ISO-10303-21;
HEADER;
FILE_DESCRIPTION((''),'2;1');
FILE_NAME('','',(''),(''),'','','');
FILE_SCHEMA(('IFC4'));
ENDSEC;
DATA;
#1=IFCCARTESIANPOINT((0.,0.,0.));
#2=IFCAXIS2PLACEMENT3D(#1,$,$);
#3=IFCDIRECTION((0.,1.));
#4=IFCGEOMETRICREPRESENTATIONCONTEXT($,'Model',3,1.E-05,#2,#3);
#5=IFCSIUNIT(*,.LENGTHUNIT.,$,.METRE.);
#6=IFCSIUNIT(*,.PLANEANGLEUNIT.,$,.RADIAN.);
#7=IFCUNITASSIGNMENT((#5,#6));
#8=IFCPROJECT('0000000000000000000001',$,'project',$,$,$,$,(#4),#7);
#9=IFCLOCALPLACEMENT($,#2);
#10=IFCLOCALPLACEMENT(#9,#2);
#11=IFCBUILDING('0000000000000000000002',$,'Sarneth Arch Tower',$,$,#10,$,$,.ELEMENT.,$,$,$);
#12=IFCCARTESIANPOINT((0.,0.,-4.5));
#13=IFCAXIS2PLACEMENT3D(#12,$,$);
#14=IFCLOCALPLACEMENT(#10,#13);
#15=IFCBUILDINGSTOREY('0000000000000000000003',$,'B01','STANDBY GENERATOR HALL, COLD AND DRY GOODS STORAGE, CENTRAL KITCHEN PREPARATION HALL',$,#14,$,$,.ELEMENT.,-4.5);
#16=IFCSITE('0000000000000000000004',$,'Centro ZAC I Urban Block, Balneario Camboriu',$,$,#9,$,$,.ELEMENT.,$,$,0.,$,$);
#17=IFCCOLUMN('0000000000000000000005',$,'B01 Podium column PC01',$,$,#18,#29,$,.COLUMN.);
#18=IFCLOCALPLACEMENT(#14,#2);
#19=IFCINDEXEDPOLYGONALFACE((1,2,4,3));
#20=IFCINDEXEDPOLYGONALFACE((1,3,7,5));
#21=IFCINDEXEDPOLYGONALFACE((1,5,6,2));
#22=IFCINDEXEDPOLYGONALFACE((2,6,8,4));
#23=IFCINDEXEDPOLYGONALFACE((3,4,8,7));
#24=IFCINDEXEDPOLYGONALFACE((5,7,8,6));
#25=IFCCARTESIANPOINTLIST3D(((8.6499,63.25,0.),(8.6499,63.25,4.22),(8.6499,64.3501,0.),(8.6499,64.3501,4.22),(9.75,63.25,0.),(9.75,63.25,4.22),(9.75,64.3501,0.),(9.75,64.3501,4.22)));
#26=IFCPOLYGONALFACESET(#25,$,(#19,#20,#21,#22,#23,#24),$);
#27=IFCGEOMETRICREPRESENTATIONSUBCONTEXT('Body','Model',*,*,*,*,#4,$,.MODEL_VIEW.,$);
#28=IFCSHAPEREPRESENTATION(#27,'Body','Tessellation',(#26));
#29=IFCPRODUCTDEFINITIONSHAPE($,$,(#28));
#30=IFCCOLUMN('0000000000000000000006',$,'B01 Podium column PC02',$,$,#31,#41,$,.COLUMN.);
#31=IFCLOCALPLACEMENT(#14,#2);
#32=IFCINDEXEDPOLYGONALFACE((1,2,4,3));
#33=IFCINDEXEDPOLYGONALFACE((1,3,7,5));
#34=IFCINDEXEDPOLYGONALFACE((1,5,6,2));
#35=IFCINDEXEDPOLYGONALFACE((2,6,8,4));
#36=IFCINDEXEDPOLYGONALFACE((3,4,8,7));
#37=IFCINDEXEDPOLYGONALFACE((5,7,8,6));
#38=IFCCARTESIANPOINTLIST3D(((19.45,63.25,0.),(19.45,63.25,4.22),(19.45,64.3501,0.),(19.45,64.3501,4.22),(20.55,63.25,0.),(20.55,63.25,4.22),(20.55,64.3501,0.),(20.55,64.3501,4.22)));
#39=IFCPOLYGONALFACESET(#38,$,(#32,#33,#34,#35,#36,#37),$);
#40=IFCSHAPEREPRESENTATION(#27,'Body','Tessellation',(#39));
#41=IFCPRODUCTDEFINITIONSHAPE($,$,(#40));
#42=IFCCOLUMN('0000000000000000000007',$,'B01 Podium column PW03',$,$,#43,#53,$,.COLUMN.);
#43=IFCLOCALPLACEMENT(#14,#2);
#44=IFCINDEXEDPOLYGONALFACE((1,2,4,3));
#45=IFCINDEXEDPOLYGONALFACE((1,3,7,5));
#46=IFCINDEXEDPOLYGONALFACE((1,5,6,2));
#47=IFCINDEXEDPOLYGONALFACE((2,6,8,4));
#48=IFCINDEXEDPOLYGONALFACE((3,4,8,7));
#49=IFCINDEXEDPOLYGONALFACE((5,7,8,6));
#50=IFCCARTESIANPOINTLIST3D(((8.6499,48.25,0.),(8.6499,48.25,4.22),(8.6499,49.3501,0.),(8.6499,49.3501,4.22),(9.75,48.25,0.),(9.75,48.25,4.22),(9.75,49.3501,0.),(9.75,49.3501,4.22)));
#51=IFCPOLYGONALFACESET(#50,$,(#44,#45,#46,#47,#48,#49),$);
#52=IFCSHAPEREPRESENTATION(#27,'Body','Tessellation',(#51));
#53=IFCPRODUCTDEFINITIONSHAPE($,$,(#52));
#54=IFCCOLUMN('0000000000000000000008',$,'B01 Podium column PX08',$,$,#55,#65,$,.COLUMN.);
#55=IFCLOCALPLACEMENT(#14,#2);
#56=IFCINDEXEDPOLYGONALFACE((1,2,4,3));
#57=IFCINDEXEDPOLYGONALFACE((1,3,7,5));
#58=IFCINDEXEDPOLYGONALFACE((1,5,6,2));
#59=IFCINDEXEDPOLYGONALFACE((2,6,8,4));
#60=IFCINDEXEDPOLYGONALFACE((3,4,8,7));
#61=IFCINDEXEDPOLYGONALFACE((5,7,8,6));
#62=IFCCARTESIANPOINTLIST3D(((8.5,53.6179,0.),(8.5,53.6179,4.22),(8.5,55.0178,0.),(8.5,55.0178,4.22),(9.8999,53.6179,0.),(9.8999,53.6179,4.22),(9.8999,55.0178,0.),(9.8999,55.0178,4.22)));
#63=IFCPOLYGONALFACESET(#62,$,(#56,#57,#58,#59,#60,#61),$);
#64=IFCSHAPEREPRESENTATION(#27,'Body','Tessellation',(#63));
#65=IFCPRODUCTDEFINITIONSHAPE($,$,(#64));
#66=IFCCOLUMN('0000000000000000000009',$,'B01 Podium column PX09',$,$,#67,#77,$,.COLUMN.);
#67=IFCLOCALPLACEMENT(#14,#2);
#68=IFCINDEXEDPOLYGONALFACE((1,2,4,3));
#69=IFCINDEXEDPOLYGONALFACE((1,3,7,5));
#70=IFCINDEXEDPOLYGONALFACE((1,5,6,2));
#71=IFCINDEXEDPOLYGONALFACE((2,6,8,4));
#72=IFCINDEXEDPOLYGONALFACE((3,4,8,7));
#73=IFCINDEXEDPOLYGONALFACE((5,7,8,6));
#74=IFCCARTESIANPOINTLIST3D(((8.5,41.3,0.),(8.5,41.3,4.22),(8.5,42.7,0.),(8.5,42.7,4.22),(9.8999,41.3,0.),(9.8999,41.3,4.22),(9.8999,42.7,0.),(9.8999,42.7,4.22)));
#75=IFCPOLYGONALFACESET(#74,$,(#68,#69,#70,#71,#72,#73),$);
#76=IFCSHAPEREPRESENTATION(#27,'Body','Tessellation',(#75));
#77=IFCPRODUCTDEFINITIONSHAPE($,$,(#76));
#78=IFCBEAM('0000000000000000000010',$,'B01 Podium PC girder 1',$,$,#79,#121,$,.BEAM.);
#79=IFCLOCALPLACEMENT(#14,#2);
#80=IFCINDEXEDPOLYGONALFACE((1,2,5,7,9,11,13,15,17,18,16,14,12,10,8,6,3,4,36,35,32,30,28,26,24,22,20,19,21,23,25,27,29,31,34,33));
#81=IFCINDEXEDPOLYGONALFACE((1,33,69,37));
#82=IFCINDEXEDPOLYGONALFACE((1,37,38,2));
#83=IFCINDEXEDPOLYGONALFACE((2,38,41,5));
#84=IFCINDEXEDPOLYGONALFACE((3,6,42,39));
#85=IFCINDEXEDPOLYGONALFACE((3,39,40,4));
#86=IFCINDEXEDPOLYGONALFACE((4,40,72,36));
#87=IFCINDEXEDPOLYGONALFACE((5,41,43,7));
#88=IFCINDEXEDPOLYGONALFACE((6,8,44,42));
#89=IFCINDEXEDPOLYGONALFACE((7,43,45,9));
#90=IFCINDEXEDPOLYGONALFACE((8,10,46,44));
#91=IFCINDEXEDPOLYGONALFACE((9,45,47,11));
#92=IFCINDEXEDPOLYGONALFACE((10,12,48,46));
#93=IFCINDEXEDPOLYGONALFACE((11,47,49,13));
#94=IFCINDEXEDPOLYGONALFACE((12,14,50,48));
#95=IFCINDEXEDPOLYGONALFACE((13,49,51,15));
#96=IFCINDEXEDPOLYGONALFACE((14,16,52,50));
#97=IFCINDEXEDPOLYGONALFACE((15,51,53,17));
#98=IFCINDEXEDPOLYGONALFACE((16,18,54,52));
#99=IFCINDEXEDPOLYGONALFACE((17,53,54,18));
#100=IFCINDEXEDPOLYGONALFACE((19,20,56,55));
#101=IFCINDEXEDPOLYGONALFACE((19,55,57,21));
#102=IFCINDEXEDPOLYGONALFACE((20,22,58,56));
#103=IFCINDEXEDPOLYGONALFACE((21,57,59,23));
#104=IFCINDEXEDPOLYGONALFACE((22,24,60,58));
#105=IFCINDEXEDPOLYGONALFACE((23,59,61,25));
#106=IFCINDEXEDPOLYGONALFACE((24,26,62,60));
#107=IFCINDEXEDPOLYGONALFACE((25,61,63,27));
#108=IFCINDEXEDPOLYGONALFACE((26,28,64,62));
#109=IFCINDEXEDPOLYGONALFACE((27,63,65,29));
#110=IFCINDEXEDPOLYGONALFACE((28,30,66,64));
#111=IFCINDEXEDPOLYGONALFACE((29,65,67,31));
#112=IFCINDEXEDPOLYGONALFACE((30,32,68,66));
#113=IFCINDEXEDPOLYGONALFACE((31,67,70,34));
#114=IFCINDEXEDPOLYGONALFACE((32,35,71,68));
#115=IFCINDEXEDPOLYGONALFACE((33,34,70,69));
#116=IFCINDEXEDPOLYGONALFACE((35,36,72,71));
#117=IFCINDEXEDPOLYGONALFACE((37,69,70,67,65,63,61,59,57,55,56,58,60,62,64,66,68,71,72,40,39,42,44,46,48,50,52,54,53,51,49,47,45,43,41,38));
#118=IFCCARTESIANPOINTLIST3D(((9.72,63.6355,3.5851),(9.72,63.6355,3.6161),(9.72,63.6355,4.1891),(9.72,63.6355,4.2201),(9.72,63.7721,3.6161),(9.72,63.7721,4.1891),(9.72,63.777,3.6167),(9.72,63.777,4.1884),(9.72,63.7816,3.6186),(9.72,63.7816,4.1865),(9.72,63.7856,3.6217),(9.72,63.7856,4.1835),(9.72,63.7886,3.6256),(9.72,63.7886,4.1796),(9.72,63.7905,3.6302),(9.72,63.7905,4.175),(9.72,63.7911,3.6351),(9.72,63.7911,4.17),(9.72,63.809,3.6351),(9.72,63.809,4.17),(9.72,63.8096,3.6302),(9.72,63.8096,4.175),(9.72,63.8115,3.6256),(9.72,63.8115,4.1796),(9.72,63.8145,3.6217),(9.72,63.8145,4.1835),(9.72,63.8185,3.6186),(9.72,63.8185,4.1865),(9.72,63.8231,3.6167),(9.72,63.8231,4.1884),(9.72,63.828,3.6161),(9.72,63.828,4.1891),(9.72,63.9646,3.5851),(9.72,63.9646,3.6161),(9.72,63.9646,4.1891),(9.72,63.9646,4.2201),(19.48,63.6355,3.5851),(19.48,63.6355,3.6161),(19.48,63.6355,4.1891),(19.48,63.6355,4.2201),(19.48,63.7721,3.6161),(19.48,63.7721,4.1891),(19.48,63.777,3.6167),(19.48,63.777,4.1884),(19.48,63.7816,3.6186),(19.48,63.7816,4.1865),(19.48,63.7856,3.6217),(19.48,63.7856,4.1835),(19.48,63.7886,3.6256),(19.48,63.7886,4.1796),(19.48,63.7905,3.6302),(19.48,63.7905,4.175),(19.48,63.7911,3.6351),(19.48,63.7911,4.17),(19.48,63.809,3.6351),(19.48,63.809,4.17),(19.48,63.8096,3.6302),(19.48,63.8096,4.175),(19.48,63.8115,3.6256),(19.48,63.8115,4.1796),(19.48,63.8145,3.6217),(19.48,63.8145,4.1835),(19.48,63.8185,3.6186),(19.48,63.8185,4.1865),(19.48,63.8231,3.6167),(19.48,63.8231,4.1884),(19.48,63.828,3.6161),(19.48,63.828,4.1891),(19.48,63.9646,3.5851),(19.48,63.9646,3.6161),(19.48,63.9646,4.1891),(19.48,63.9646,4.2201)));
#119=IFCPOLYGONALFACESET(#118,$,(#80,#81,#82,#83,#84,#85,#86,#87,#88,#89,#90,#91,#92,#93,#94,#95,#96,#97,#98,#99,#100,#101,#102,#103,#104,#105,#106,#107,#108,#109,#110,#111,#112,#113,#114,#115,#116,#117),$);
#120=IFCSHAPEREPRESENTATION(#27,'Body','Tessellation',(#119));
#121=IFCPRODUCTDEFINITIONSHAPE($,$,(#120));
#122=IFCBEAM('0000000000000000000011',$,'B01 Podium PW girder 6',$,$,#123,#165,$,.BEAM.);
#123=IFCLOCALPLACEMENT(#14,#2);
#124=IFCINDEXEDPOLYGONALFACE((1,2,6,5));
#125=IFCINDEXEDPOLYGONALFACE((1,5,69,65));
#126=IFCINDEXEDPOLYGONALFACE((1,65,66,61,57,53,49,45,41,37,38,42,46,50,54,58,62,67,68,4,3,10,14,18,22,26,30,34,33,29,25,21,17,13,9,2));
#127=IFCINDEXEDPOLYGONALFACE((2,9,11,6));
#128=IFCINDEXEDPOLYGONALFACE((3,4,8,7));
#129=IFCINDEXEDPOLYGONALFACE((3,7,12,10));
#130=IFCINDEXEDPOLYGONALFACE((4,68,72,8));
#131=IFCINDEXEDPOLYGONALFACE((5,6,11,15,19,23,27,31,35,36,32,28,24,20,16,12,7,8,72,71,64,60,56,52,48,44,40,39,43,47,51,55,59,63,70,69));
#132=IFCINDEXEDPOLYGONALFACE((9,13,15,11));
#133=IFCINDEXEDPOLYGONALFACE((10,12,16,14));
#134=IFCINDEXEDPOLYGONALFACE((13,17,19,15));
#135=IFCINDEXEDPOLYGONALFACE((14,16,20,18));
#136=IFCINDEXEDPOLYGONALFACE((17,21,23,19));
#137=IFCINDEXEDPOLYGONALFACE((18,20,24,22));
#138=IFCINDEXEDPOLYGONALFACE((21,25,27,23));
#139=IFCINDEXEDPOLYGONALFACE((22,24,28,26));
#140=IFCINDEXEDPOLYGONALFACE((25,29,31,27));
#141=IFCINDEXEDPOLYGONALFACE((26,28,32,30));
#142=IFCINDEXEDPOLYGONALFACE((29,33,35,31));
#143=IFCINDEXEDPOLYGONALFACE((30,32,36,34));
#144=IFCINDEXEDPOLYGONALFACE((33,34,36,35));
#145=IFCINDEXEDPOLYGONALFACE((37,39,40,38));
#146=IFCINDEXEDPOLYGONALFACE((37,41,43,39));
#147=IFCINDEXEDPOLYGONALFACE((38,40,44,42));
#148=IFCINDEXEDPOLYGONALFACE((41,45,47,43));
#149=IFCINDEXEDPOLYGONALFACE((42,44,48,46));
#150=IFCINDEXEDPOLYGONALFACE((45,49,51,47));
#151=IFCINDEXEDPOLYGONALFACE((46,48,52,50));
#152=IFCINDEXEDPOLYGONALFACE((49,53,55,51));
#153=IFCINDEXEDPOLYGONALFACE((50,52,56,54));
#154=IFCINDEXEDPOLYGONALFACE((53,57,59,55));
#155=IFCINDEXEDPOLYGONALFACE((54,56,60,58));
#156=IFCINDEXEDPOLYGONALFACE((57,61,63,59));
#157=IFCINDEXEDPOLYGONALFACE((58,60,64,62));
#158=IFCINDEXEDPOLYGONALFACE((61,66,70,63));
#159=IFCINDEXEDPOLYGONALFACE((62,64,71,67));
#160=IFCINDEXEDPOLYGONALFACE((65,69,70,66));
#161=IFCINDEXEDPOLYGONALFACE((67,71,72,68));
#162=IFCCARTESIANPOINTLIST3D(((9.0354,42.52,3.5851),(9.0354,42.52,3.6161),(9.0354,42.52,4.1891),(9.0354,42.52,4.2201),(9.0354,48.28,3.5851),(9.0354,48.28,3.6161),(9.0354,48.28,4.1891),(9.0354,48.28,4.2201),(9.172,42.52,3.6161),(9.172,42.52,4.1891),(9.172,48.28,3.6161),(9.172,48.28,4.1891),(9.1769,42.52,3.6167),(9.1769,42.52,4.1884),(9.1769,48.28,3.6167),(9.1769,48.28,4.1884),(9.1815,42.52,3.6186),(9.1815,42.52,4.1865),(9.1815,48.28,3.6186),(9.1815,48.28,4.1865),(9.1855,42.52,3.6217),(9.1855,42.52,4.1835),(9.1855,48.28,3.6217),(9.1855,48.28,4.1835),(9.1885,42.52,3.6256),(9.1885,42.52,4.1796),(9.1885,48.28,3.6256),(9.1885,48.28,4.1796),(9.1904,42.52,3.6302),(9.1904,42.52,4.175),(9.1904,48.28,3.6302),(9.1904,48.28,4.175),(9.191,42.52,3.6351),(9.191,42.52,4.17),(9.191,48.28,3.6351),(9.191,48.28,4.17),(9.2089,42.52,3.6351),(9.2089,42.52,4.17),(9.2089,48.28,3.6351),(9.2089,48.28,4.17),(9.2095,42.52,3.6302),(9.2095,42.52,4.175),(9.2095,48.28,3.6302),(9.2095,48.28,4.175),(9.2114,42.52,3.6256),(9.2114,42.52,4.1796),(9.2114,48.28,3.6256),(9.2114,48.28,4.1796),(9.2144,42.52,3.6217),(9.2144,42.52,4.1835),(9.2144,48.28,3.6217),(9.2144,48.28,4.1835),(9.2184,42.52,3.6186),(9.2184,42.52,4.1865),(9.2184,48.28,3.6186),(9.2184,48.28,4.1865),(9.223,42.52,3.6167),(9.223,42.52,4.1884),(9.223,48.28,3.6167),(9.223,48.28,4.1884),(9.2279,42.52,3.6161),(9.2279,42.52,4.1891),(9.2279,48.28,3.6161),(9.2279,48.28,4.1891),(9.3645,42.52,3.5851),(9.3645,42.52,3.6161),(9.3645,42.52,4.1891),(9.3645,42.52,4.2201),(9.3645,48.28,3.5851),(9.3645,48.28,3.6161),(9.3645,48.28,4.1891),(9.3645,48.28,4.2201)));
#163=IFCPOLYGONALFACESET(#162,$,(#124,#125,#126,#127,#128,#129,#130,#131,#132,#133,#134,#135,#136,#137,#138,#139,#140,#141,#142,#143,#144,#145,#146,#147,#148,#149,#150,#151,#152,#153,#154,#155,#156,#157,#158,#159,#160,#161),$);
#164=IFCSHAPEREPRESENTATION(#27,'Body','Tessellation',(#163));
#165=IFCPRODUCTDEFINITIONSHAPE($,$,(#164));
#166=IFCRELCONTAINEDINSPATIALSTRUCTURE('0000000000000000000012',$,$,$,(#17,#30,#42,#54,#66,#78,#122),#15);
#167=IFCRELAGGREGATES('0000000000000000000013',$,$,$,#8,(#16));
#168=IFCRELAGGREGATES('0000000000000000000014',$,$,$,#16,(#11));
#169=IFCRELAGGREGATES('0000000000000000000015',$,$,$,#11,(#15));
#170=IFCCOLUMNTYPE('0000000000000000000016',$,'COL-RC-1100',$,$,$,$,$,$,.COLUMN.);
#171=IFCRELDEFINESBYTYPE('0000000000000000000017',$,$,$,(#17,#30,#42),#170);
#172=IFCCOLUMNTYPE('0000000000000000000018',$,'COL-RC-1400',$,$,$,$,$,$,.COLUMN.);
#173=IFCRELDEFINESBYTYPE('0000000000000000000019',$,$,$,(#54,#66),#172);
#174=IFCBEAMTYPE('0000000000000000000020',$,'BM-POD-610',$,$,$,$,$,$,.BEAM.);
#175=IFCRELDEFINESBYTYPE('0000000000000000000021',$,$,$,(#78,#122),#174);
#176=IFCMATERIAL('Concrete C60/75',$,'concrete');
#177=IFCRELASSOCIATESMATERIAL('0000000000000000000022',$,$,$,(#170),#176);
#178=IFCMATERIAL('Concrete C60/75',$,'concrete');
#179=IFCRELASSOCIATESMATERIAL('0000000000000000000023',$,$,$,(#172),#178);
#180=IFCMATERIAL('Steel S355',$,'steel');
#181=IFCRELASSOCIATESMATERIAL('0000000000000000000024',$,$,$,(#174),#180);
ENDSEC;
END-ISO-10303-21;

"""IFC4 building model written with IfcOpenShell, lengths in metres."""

from ifc_helpers import new_model, si_unit, direction, frame, origin, origin_2d, place, context, subcontext, project, spatial, rectangle, i_section, extrude, material, material_profile, profile_set, type_object, element, save


model = new_model("IFC4")

# Units and contexts
model_context = context("Model", 3, precision=1e-05, world=origin(), true_north=direction((0.0, 1.0)))
body_context = subcontext(model_context, "Body", "Model", "MODEL_VIEW")
ifc_project = project(units=[si_unit("LENGTHUNIT", "METRE"), si_unit("PLANEANGLEUNIT", "RADIAN")], contexts=[model_context])

# Site, building, storey
site_placement = place(None, origin())
site = spatial("IfcSite", under=ifc_project, at=site_placement, Name="Centro ZAC I Urban Block, Balneario Camboriu", CompositionType="ELEMENT", RefElevation=0.0)
building_placement = place(site_placement, origin())
building = spatial("IfcBuilding", under=site, at=building_placement, Name="Sarneth Arch Tower", CompositionType="ELEMENT")
storey_placement = place(building_placement, frame((0.0, 0.0, -4.5)))
storey = spatial("IfcBuildingStorey", under=building, at=storey_placement, Name="B01", Description="STANDBY GENERATOR HALL, COLD AND DRY GOODS STORAGE, CENTRAL KITCHEN PREPARATION HALL", CompositionType="ELEMENT", Elevation=-4.5)

# Columns
ifc_material_1 = material(Name="Concrete C60/75", Category="concrete")
ifc_material_profile_1 = material_profile(ifc_material_1, rectangle(XDim=1.1001, YDim=1.1001, at=origin_2d()), Name="RC-1100x1100")
ifc_profile_set_1 = profile_set([ifc_material_profile_1], Name="Concrete C60/75")
column_type_1 = type_object("IfcColumnType", Name="COL-RC-1100", PredefinedType="COLUMN", material=ifc_profile_set_1)
for number, where, z_axis, x_axis, name in (
    (1, (9.2, 63.8, 0.0), (0.0, 0.0, 1.0), (1.0, 0.0, 0.0), "B01 Podium column PC01"),
    (2, (20.0, 63.8, 0.0), (0.0, 0.0, 1.0), (1.0, 0.0, 0.0), "B01 Podium column PC02"),
    (3, (9.2, 48.8, 0.0), (0.0, 0.0, 1.0), (1.0, 0.0, 0.0), "B01 Podium column PW03"),
):
    element("IfcColumn", number, at=place(storey_placement, frame(where, z_axis=z_axis, x_axis=x_axis)), inside=storey, type_object=column_type_1, Name=name, PredefinedType="COLUMN", context=body_context, shape_type="SweptSolid", body=[
        extrude(rectangle(XDim=1.1001, YDim=1.1001, at=origin_2d()), origin(), (0.0, 0.0, 1.0), 4.22),
    ])
ifc_material_2 = material(Name="Concrete C60/75", Category="concrete")
ifc_material_profile_2 = material_profile(ifc_material_2, rectangle(XDim=1.3999, YDim=1.3999, at=origin_2d()), Name="RC-1400x1400")
ifc_profile_set_2 = profile_set([ifc_material_profile_2], Name="Concrete C60/75")
column_type_2 = type_object("IfcColumnType", Name="COL-RC-1400", PredefinedType="COLUMN", material=ifc_profile_set_2)
for number, where, z_axis, x_axis, name in (
    (4, (9.2, 54.3179, 0.0), (0.0, 0.0, 1.0), (1.0, 0.0, 0.0), "B01 Podium column PX08"),
    (5, (9.2, 42.0, 0.0), (0.0, 0.0, 1.0), (1.0, 0.0, 0.0), "B01 Podium column PX09"),
):
    element("IfcColumn", number, at=place(storey_placement, frame(where, z_axis=z_axis, x_axis=x_axis)), inside=storey, type_object=column_type_2, Name=name, PredefinedType="COLUMN", context=body_context, shape_type="SweptSolid", body=[
        extrude(rectangle(XDim=1.3999, YDim=1.3999, at=origin_2d()), origin(), (0.0, 0.0, 1.0), 4.22),
    ])

# Beams
ifc_material_3 = material(Name="Steel S355", Category="steel")
ifc_material_profile_3 = material_profile(ifc_material_3, i_section(OverallWidth=0.3291, OverallDepth=0.635, WebThickness=0.0178, FlangeThickness=0.031, FilletRadius=0.019, at=origin_2d()), Name="W610x241")
ifc_profile_set_3 = profile_set([ifc_material_profile_3], Name="Steel S355")
beam_type = type_object("IfcBeamType", Name="BM-POD-610", PredefinedType="BEAM", material=ifc_profile_set_3)
beam_1_placement = place(storey_placement, frame((9.72, 63.8, 3.9026), z_axis=(1.0, 0.0, 0.0), x_axis=(0.0, 1.0, 0.0)))
element("IfcBeam", 6, at=beam_1_placement, inside=storey, type_object=beam_type, Name="B01 Podium PC girder 1", PredefinedType="BEAM", context=body_context, shape_type="SweptSolid", body=[
    extrude(i_section(OverallWidth=0.3291, OverallDepth=0.635, WebThickness=0.0178, FlangeThickness=0.031, FilletRadius=0.019, at=origin_2d()), origin(), (0.0, 0.0, 1.0), 9.76),
])
beam_2_placement = place(storey_placement, frame((9.2, 42.52, 3.9026), z_axis=(0.0, 1.0, 0.0), x_axis=(-1.0, 0.0, 0.0)))
element("IfcBeam", 7, at=beam_2_placement, inside=storey, type_object=beam_type, Name="B01 Podium PW girder 6", PredefinedType="BEAM", context=body_context, shape_type="SweptSolid", body=[
    extrude(i_section(OverallWidth=0.3291, OverallDepth=0.635, WebThickness=0.0178, FlangeThickness=0.031, FilletRadius=0.019, at=origin_2d()), origin(), (0.0, 0.0, 1.0), 5.76),
])

save(model, "model.ifc")
